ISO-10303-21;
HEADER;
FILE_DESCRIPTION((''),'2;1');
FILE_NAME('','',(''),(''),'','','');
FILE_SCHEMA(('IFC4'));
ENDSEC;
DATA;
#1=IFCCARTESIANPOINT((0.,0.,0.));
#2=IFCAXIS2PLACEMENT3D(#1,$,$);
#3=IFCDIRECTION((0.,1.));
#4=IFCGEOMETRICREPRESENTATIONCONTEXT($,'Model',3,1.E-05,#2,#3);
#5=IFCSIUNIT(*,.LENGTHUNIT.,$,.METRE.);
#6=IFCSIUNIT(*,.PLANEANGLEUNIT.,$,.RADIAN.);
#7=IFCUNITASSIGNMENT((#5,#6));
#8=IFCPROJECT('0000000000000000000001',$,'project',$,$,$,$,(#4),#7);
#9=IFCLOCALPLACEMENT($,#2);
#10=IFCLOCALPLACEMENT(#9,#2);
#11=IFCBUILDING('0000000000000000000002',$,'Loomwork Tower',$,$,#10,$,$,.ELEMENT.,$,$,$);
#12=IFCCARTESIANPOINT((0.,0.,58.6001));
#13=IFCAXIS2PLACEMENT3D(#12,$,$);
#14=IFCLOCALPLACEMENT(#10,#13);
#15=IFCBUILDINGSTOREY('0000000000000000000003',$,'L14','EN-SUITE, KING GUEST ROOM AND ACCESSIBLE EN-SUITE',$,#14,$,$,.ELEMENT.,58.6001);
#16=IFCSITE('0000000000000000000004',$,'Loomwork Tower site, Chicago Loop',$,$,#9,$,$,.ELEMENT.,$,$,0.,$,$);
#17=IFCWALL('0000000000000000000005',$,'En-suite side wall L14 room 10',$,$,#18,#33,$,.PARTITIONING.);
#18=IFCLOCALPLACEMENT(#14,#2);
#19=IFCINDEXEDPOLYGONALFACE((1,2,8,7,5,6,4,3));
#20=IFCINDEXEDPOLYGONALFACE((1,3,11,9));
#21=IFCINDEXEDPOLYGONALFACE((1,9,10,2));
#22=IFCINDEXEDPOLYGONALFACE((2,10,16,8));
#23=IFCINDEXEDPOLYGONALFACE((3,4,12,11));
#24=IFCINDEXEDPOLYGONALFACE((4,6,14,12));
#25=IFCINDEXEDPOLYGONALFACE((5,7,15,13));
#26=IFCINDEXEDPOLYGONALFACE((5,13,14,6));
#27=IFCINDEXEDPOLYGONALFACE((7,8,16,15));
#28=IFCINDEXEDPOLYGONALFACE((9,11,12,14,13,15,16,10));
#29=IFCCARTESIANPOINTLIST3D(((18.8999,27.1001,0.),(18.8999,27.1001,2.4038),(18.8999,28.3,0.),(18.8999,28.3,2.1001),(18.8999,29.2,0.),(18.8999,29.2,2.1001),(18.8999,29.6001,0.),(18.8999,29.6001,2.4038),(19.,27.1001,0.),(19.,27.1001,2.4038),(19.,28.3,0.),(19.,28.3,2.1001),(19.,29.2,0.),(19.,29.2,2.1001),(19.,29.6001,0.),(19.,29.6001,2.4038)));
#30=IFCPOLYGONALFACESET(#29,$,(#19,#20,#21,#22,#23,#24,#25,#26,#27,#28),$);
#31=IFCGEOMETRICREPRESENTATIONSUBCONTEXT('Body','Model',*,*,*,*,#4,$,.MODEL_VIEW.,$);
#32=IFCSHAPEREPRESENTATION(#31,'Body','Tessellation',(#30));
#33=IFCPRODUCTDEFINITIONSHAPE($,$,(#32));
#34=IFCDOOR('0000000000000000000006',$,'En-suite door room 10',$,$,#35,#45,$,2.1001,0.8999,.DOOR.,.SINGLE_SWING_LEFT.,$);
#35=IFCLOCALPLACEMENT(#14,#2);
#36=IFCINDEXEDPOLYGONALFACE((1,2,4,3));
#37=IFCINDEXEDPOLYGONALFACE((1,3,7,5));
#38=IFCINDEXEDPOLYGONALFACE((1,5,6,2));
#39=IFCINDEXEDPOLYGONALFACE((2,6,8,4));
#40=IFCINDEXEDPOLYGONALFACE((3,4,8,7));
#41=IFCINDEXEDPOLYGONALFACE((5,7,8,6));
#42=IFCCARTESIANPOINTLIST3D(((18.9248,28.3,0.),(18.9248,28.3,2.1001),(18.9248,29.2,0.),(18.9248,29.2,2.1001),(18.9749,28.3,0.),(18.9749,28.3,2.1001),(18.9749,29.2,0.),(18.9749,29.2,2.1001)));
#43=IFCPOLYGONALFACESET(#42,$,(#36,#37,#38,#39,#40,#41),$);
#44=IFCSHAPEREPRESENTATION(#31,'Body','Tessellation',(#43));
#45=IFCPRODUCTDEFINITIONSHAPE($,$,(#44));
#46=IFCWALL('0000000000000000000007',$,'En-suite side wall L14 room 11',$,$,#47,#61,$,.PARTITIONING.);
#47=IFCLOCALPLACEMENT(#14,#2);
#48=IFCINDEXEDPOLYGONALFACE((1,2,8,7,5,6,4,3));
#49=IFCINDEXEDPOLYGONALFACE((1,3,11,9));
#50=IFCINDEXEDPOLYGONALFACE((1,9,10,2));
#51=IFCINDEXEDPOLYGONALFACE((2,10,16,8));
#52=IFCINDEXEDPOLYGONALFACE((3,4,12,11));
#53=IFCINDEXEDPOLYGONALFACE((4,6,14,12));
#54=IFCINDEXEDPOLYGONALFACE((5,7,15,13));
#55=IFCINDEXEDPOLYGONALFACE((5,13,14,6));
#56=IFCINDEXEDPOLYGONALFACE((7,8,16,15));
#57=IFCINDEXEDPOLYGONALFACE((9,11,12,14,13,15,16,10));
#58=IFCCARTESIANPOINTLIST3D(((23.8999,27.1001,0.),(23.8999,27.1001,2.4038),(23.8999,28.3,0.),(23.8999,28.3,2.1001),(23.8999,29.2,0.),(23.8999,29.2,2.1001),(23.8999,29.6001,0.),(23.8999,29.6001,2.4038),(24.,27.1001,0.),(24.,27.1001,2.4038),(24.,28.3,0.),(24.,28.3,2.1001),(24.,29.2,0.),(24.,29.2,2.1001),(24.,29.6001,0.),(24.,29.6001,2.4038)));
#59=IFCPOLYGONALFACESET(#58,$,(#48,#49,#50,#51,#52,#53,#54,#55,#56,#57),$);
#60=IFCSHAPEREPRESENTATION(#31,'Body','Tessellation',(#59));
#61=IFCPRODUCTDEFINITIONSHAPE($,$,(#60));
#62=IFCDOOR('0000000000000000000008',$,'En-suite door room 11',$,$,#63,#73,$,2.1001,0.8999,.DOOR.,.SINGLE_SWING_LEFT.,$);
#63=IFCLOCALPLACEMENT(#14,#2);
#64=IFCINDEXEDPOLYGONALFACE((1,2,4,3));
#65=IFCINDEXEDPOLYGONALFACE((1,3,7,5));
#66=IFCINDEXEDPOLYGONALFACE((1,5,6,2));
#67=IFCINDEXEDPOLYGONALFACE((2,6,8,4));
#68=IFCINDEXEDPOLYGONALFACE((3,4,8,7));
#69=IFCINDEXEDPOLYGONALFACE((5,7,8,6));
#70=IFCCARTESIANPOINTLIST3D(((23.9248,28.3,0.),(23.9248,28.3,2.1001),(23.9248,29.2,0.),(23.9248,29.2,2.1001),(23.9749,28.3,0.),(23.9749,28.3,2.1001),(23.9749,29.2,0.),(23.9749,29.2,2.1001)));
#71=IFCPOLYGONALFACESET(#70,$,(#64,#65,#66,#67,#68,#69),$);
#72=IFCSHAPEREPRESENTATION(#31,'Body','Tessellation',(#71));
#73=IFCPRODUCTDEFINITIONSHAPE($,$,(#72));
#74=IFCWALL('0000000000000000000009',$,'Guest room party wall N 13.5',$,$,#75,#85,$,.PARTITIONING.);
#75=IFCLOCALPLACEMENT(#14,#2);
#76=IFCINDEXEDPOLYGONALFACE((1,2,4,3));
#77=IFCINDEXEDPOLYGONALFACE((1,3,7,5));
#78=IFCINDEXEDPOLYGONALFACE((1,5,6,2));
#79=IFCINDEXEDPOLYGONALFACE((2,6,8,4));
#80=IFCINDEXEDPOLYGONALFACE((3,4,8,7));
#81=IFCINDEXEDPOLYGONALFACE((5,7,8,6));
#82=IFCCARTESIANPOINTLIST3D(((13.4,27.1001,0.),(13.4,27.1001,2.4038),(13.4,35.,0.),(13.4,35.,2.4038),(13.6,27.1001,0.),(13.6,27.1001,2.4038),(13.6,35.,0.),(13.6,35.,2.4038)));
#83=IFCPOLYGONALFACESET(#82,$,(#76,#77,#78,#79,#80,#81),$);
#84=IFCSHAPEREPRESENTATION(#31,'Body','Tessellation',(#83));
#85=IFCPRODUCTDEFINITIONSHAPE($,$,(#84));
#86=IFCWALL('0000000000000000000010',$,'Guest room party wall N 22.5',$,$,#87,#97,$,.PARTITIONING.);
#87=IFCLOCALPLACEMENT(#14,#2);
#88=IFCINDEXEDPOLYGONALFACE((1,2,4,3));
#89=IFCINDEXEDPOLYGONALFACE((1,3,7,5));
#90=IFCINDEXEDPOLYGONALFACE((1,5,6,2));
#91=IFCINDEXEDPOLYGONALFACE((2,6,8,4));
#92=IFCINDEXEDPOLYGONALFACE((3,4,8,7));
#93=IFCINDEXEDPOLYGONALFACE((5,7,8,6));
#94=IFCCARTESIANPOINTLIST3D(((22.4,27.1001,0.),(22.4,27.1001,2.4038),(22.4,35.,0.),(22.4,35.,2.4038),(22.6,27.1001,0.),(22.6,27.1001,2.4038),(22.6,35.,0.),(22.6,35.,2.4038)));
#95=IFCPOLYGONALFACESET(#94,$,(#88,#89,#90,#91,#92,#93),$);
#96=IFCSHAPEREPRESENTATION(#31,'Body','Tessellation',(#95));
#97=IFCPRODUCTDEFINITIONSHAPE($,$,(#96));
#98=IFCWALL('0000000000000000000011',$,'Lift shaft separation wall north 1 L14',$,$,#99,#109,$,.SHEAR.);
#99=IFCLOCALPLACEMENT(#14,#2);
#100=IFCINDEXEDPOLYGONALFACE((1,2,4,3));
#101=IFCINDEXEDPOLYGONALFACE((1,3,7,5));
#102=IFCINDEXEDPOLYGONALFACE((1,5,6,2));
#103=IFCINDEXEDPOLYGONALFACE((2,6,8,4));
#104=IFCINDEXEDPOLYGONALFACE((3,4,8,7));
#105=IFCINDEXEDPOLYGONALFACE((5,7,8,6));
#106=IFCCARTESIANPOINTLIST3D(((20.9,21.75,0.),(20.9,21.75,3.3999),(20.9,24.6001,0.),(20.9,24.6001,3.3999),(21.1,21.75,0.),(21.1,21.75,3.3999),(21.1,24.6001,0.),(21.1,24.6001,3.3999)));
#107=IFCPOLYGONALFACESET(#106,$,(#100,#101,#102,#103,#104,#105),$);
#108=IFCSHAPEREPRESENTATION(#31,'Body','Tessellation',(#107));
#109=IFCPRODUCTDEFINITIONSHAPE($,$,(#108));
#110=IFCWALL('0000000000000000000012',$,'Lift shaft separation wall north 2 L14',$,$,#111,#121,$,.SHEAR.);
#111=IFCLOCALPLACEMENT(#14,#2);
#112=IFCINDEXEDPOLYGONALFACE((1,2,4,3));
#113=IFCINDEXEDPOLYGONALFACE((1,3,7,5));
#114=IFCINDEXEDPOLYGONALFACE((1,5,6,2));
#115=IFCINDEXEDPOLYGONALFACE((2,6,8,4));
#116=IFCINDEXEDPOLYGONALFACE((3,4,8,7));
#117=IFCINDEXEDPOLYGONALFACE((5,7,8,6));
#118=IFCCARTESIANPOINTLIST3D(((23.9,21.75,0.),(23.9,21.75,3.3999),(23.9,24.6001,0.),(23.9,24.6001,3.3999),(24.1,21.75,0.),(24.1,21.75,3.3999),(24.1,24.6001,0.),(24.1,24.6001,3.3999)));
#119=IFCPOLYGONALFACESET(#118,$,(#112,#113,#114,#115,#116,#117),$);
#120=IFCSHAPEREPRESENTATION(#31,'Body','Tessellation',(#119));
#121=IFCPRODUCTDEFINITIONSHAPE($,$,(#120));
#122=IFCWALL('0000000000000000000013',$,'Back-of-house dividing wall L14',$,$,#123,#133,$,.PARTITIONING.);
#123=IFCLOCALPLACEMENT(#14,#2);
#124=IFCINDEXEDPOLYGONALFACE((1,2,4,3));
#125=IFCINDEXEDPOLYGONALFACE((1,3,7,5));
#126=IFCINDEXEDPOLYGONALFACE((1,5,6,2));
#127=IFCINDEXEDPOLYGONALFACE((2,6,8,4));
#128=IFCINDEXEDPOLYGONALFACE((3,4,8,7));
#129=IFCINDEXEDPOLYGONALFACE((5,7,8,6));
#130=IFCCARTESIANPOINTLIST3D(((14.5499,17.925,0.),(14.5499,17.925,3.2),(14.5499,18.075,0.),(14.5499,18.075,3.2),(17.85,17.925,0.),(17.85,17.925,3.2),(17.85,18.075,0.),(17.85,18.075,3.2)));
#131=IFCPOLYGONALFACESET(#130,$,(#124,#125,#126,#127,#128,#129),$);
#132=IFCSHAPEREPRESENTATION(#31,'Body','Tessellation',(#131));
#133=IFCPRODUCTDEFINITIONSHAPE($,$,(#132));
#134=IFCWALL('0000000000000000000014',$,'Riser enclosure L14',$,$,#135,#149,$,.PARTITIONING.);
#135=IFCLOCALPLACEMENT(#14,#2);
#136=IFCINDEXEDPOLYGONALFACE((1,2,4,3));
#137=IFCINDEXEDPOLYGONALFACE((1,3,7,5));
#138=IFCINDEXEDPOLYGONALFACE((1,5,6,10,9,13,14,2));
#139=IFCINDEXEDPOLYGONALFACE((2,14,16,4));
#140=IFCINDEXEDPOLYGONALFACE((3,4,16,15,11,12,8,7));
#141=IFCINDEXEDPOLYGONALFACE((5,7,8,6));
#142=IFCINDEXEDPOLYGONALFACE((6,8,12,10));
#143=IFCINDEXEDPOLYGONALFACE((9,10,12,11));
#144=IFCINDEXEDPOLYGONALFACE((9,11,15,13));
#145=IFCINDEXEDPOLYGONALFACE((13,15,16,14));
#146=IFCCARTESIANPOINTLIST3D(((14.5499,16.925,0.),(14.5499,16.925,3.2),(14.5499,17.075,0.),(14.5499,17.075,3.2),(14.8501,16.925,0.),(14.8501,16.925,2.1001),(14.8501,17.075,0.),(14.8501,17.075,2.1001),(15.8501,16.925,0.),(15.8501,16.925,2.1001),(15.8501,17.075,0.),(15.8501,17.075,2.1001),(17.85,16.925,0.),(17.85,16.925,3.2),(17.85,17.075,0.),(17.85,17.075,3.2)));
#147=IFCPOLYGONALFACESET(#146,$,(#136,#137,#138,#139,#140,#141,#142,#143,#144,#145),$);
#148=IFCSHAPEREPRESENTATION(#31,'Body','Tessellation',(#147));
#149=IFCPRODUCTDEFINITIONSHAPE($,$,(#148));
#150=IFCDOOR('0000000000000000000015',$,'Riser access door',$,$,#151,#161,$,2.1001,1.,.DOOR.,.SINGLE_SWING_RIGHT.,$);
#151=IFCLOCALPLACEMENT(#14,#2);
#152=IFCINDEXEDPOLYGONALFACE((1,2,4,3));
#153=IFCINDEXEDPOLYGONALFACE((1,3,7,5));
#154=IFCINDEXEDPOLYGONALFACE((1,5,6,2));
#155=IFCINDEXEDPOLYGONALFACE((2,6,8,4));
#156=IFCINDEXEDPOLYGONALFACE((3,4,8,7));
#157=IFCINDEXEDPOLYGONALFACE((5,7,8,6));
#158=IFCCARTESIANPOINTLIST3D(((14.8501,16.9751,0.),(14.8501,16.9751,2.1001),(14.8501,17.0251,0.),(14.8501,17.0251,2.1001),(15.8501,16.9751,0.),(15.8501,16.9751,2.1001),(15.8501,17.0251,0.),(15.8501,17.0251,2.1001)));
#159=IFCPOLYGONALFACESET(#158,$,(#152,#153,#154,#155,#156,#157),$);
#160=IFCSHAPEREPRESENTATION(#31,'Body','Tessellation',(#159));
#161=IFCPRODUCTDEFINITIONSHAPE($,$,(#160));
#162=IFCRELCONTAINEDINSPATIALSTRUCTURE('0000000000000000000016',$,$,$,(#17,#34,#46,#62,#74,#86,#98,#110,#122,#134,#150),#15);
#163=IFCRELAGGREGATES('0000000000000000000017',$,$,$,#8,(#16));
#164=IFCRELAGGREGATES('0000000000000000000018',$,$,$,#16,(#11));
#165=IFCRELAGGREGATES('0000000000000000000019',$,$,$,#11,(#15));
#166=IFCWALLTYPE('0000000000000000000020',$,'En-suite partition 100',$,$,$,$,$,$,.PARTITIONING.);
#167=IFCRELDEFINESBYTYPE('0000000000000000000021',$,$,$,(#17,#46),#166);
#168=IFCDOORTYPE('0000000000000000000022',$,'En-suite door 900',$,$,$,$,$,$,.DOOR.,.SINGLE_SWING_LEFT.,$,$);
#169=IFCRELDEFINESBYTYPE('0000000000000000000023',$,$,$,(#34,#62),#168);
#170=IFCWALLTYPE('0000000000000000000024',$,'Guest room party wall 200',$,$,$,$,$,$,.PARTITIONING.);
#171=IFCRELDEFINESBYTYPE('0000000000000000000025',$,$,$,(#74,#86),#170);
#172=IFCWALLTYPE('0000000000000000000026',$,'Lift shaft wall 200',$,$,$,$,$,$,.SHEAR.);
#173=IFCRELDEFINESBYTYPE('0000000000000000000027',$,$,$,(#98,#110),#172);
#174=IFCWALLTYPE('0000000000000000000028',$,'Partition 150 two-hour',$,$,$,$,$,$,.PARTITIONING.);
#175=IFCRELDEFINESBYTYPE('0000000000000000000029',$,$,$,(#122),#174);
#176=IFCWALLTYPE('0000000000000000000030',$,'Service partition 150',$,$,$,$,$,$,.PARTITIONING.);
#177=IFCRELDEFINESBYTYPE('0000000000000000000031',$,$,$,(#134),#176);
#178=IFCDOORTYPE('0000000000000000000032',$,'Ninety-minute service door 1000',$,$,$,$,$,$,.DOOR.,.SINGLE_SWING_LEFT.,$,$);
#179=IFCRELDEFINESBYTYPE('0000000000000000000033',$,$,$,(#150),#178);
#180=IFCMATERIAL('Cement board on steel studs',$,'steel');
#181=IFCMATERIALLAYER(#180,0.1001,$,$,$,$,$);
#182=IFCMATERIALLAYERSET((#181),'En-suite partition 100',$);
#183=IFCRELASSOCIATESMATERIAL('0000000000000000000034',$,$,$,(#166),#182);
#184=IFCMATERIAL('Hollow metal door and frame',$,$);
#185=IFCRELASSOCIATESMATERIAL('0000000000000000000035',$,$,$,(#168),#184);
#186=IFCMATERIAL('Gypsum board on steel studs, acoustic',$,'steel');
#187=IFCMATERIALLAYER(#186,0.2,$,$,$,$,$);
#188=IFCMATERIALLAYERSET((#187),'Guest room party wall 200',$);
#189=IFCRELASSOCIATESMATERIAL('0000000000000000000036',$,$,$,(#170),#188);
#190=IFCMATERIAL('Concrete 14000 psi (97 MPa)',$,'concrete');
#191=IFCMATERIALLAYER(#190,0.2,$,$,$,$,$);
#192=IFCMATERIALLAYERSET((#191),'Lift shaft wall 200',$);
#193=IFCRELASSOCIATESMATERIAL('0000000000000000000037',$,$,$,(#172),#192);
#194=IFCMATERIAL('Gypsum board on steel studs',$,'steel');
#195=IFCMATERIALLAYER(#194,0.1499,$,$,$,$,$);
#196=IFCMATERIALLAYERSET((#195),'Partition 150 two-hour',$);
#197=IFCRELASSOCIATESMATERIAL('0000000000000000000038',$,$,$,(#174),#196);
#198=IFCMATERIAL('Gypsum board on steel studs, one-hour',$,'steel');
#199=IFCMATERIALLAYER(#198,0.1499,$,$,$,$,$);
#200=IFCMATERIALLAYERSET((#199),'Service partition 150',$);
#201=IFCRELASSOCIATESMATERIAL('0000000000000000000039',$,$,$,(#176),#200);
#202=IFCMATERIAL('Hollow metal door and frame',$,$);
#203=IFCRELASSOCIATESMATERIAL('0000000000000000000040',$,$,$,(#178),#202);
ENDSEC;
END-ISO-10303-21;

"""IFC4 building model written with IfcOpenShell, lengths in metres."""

from ifc_helpers import new_model, si_unit, direction, frame, frame_2d, origin, place, context, subcontext, project, spatial, rectangle, extrude, material, layer, layer_set, type_object, element, fill, save


model = new_model("IFC4")

# Units and contexts
model_context = context("Model", 3, precision=1e-05, world=origin(), true_north=direction((0.0, 1.0)))
body_context = subcontext(model_context, "Body", "Model", "MODEL_VIEW")
ifc_project = project(units=[si_unit("LENGTHUNIT", "METRE"), si_unit("PLANEANGLEUNIT", "RADIAN")], contexts=[model_context])

# Site, building, storey
site_placement = place(None, origin())
site = spatial("IfcSite", under=ifc_project, at=site_placement, Name="Loomwork Tower site, Chicago Loop", CompositionType="ELEMENT", RefElevation=0.0)
building_placement = place(site_placement, origin())
building = spatial("IfcBuilding", under=site, at=building_placement, Name="Loomwork Tower", CompositionType="ELEMENT")
storey_placement = place(building_placement, frame((0.0, 0.0, 58.6001)))
storey = spatial("IfcBuildingStorey", under=building, at=storey_placement, Name="L14", Description="EN-SUITE, KING GUEST ROOM AND ACCESSIBLE EN-SUITE", CompositionType="ELEMENT", Elevation=58.6001)

# Walls, openings, doors
ifc_material_1 = material(Name="Cement board on steel studs", Category="steel")
ifc_layer_1 = layer(ifc_material_1, 0.1001)
ifc_layer_set_1 = layer_set([ifc_layer_1], Name="En-suite partition 100")
wall_type_1 = type_object("IfcWallType", Name="En-suite partition 100", PredefinedType="PARTITIONING", material=ifc_layer_set_1)
wall_1_placement = place(storey_placement, frame((18.95, 27.1001, 0.0), z_axis=(0.0, 0.0, 1.0), x_axis=(0.0, 1.0, 0.0)))
wall_1 = element("IfcWall", 1, at=wall_1_placement, inside=storey, type_object=wall_type_1, Name="En-suite side wall L14 room 10", PredefinedType="PARTITIONING", context=body_context, shape_type="SweptSolid", body=[
    extrude(rectangle(XDim=2.5, YDim=0.1001, at=frame_2d((1.25, 0.0))), origin(), (0.0, 0.0, 1.0), 2.4038),
])
opening_1_placement = place(wall_1_placement, frame((1.2, 0.0, 0.0)))
opening_1 = element("IfcOpeningElement", 2, at=opening_1_placement, cuts=wall_1, PredefinedType="OPENING", context=body_context, shape_type="SweptSolid", body=[
    extrude(rectangle(XDim=0.8999, YDim=2.1001, at=frame_2d((0.45, 1.05))), frame((0.0, 0.0601, 0.0), z_axis=(0.0, -1.0, 0.0), x_axis=(1.0, 0.0, 0.0)), (0.0, 0.0, 1.0), 0.1201),
])
ifc_material_2 = material(Name="Hollow metal door and frame")
door_type_1 = type_object("IfcDoorType", Name="En-suite door 900", OperationType="SINGLE_SWING_LEFT", PredefinedType="DOOR", material=ifc_material_2)
door_1_placement = place(opening_1_placement, frame((0.8999, 0.0, 0.0), z_axis=(0.0, 0.0, 1.0), x_axis=(-1.0, 0.0, 0.0)))
door_1 = element("IfcDoor", 3, at=door_1_placement, inside=storey, type_object=door_type_1, Name="En-suite door room 10", OperationType="SINGLE_SWING_LEFT", OverallHeight=2.1001, OverallWidth=0.8999, PredefinedType="DOOR", context=body_context, shape_type="SweptSolid", body=[
    extrude(rectangle(XDim=0.8999, YDim=2.1001, at=frame_2d((0.45, 1.05))), frame((0.0, 0.0249, 0.0), z_axis=(0.0, -1.0, 0.0), x_axis=(1.0, 0.0, 0.0)), (0.0, 0.0, 1.0), 0.05),
])
fill(opening_1, door_1)
wall_2_placement = place(storey_placement, frame((23.95, 27.1001, 0.0), z_axis=(0.0, 0.0, 1.0), x_axis=(0.0, 1.0, 0.0)))
wall_2 = element("IfcWall", 4, at=wall_2_placement, inside=storey, type_object=wall_type_1, Name="En-suite side wall L14 room 11", PredefinedType="PARTITIONING", context=body_context, shape_type="SweptSolid", body=[
    extrude(rectangle(XDim=2.5, YDim=0.1001, at=frame_2d((1.25, 0.0))), origin(), (0.0, 0.0, 1.0), 2.4038),
])
opening_2_placement = place(wall_2_placement, frame((1.2, 0.0, 0.0)))
opening_2 = element("IfcOpeningElement", 5, at=opening_2_placement, cuts=wall_2, PredefinedType="OPENING", context=body_context, shape_type="SweptSolid", body=[
    extrude(rectangle(XDim=0.8999, YDim=2.1001, at=frame_2d((0.45, 1.05))), frame((0.0, 0.0601, 0.0), z_axis=(0.0, -1.0, 0.0), x_axis=(1.0, 0.0, 0.0)), (0.0, 0.0, 1.0), 0.1201),
])
door_2_placement = place(opening_2_placement, frame((0.8999, 0.0, 0.0), z_axis=(0.0, 0.0, 1.0), x_axis=(-1.0, 0.0, 0.0)))
door_2 = element("IfcDoor", 6, at=door_2_placement, inside=storey, type_object=door_type_1, Name="En-suite door room 11", OperationType="SINGLE_SWING_LEFT", OverallHeight=2.1001, OverallWidth=0.8999, PredefinedType="DOOR", context=body_context, shape_type="SweptSolid", body=[
    extrude(rectangle(XDim=0.8999, YDim=2.1001, at=frame_2d((0.45, 1.05))), frame((0.0, 0.0249, 0.0), z_axis=(0.0, -1.0, 0.0), x_axis=(1.0, 0.0, 0.0)), (0.0, 0.0, 1.0), 0.05),
])
fill(opening_2, door_2)

# Walls
ifc_material_3 = material(Name="Gypsum board on steel studs, acoustic", Category="steel")
ifc_layer_2 = layer(ifc_material_3, 0.2)
ifc_layer_set_2 = layer_set([ifc_layer_2], Name="Guest room party wall 200")
wall_type_2 = type_object("IfcWallType", Name="Guest room party wall 200", PredefinedType="PARTITIONING", material=ifc_layer_set_2)
for number, where, z_axis, x_axis, name in (
    (7, (13.5, 27.1001, 0.0), (0.0, 0.0, 1.0), (0.0, 1.0, 0.0), "Guest room party wall N 13.5"),
    (8, (22.5, 27.1001, 0.0), (0.0, 0.0, 1.0), (0.0, 1.0, 0.0), "Guest room party wall N 22.5"),
):
    element("IfcWall", number, at=place(storey_placement, frame(where, z_axis=z_axis, x_axis=x_axis)), inside=storey, type_object=wall_type_2, Name=name, PredefinedType="PARTITIONING", context=body_context, shape_type="SweptSolid", body=[
        extrude(rectangle(XDim=7.8999, YDim=0.2, at=frame_2d((3.95, 0.0))), origin(), (0.0, 0.0, 1.0), 2.4038),
    ])
ifc_material_4 = material(Name="Concrete 14000 psi (97 MPa)", Category="concrete")
ifc_layer_3 = layer(ifc_material_4, 0.2)
ifc_layer_set_3 = layer_set([ifc_layer_3], Name="Lift shaft wall 200")
wall_type_3 = type_object("IfcWallType", Name="Lift shaft wall 200", PredefinedType="SHEAR", material=ifc_layer_set_3)
for number, where, z_axis, x_axis, name in (
    (9, (21.0, 21.75, 0.0), (0.0, 0.0, 1.0), (0.0, 1.0, 0.0), "Lift shaft separation wall north 1 L14"),
    (10, (24.0, 21.75, 0.0), (0.0, 0.0, 1.0), (0.0, 1.0, 0.0), "Lift shaft separation wall north 2 L14"),
):
    element("IfcWall", number, at=place(storey_placement, frame(where, z_axis=z_axis, x_axis=x_axis)), inside=storey, type_object=wall_type_3, Name=name, PredefinedType="SHEAR", context=body_context, shape_type="SweptSolid", body=[
        extrude(rectangle(XDim=2.8501, YDim=0.2, at=frame_2d((1.425, 0.0))), origin(), (0.0, 0.0, 1.0), 3.3999),
    ])
ifc_material_5 = material(Name="Gypsum board on steel studs", Category="steel")
ifc_layer_4 = layer(ifc_material_5, 0.1499)
ifc_layer_set_4 = layer_set([ifc_layer_4], Name="Partition 150 two-hour")
wall_type_4 = type_object("IfcWallType", Name="Partition 150 two-hour", PredefinedType="PARTITIONING", material=ifc_layer_set_4)
wall_3_placement = place(storey_placement, frame((14.55, 18.0, 0.0), z_axis=(0.0, 0.0, 1.0), x_axis=(1.0, 0.0, 0.0)))
element("IfcWall", 11, at=wall_3_placement, inside=storey, type_object=wall_type_4, Name="Back-of-house dividing wall L14", PredefinedType="PARTITIONING", context=body_context, shape_type="SweptSolid", body=[
    extrude(rectangle(XDim=3.3, YDim=0.1499, at=frame_2d((1.6499, 0.0))), origin(), (0.0, 0.0, 1.0), 3.2),
])

# Wall, opening, door
ifc_material_6 = material(Name="Gypsum board on steel studs, one-hour", Category="steel")
ifc_layer_5 = layer(ifc_material_6, 0.1499)
ifc_layer_set_5 = layer_set([ifc_layer_5], Name="Service partition 150")
wall_type_5 = type_object("IfcWallType", Name="Service partition 150", PredefinedType="PARTITIONING", material=ifc_layer_set_5)
wall_4_placement = place(storey_placement, frame((14.55, 17.0, 0.0), z_axis=(0.0, 0.0, 1.0), x_axis=(1.0, 0.0, 0.0)))
wall_4 = element("IfcWall", 12, at=wall_4_placement, inside=storey, type_object=wall_type_5, Name="Riser enclosure L14", PredefinedType="PARTITIONING", context=body_context, shape_type="SweptSolid", body=[
    extrude(rectangle(XDim=3.3, YDim=0.1499, at=frame_2d((1.6499, 0.0))), origin(), (0.0, 0.0, 1.0), 3.2),
])
opening_3_placement = place(wall_4_placement, frame((0.3, 0.0, 0.0)))
opening_3 = element("IfcOpeningElement", 13, at=opening_3_placement, cuts=wall_4, PredefinedType="OPENING", context=body_context, shape_type="SweptSolid", body=[
    extrude(rectangle(XDim=1.0, YDim=2.1001, at=frame_2d((0.5, 1.05))), frame((0.0, 0.085, 0.0), z_axis=(0.0, -1.0, 0.0), x_axis=(1.0, 0.0, 0.0)), (0.0, 0.0, 1.0), 0.1699),
])
ifc_material_7 = material(Name="Hollow metal door and frame")
door_type_2 = type_object("IfcDoorType", Name="Ninety-minute service door 1000", OperationType="SINGLE_SWING_LEFT", PredefinedType="DOOR", material=ifc_material_7)
door_3_placement = place(opening_3_placement, frame((1.0, 0.0, 0.0), z_axis=(0.0, 0.0, 1.0), x_axis=(-1.0, 0.0, 0.0)))
door_3 = element("IfcDoor", 14, at=door_3_placement, inside=storey, type_object=door_type_2, Name="Riser access door", OperationType="SINGLE_SWING_RIGHT", OverallHeight=2.1001, OverallWidth=1.0, PredefinedType="DOOR", context=body_context, shape_type="SweptSolid", body=[
    extrude(rectangle(XDim=1.0, YDim=2.1001, at=frame_2d((0.5, 1.05))), frame((0.0, 0.0249, 0.0), z_axis=(0.0, -1.0, 0.0), x_axis=(1.0, 0.0, 0.0)), (0.0, 0.0, 1.0), 0.05),
])
fill(opening_3, door_3)

save(model, "model.ifc")
